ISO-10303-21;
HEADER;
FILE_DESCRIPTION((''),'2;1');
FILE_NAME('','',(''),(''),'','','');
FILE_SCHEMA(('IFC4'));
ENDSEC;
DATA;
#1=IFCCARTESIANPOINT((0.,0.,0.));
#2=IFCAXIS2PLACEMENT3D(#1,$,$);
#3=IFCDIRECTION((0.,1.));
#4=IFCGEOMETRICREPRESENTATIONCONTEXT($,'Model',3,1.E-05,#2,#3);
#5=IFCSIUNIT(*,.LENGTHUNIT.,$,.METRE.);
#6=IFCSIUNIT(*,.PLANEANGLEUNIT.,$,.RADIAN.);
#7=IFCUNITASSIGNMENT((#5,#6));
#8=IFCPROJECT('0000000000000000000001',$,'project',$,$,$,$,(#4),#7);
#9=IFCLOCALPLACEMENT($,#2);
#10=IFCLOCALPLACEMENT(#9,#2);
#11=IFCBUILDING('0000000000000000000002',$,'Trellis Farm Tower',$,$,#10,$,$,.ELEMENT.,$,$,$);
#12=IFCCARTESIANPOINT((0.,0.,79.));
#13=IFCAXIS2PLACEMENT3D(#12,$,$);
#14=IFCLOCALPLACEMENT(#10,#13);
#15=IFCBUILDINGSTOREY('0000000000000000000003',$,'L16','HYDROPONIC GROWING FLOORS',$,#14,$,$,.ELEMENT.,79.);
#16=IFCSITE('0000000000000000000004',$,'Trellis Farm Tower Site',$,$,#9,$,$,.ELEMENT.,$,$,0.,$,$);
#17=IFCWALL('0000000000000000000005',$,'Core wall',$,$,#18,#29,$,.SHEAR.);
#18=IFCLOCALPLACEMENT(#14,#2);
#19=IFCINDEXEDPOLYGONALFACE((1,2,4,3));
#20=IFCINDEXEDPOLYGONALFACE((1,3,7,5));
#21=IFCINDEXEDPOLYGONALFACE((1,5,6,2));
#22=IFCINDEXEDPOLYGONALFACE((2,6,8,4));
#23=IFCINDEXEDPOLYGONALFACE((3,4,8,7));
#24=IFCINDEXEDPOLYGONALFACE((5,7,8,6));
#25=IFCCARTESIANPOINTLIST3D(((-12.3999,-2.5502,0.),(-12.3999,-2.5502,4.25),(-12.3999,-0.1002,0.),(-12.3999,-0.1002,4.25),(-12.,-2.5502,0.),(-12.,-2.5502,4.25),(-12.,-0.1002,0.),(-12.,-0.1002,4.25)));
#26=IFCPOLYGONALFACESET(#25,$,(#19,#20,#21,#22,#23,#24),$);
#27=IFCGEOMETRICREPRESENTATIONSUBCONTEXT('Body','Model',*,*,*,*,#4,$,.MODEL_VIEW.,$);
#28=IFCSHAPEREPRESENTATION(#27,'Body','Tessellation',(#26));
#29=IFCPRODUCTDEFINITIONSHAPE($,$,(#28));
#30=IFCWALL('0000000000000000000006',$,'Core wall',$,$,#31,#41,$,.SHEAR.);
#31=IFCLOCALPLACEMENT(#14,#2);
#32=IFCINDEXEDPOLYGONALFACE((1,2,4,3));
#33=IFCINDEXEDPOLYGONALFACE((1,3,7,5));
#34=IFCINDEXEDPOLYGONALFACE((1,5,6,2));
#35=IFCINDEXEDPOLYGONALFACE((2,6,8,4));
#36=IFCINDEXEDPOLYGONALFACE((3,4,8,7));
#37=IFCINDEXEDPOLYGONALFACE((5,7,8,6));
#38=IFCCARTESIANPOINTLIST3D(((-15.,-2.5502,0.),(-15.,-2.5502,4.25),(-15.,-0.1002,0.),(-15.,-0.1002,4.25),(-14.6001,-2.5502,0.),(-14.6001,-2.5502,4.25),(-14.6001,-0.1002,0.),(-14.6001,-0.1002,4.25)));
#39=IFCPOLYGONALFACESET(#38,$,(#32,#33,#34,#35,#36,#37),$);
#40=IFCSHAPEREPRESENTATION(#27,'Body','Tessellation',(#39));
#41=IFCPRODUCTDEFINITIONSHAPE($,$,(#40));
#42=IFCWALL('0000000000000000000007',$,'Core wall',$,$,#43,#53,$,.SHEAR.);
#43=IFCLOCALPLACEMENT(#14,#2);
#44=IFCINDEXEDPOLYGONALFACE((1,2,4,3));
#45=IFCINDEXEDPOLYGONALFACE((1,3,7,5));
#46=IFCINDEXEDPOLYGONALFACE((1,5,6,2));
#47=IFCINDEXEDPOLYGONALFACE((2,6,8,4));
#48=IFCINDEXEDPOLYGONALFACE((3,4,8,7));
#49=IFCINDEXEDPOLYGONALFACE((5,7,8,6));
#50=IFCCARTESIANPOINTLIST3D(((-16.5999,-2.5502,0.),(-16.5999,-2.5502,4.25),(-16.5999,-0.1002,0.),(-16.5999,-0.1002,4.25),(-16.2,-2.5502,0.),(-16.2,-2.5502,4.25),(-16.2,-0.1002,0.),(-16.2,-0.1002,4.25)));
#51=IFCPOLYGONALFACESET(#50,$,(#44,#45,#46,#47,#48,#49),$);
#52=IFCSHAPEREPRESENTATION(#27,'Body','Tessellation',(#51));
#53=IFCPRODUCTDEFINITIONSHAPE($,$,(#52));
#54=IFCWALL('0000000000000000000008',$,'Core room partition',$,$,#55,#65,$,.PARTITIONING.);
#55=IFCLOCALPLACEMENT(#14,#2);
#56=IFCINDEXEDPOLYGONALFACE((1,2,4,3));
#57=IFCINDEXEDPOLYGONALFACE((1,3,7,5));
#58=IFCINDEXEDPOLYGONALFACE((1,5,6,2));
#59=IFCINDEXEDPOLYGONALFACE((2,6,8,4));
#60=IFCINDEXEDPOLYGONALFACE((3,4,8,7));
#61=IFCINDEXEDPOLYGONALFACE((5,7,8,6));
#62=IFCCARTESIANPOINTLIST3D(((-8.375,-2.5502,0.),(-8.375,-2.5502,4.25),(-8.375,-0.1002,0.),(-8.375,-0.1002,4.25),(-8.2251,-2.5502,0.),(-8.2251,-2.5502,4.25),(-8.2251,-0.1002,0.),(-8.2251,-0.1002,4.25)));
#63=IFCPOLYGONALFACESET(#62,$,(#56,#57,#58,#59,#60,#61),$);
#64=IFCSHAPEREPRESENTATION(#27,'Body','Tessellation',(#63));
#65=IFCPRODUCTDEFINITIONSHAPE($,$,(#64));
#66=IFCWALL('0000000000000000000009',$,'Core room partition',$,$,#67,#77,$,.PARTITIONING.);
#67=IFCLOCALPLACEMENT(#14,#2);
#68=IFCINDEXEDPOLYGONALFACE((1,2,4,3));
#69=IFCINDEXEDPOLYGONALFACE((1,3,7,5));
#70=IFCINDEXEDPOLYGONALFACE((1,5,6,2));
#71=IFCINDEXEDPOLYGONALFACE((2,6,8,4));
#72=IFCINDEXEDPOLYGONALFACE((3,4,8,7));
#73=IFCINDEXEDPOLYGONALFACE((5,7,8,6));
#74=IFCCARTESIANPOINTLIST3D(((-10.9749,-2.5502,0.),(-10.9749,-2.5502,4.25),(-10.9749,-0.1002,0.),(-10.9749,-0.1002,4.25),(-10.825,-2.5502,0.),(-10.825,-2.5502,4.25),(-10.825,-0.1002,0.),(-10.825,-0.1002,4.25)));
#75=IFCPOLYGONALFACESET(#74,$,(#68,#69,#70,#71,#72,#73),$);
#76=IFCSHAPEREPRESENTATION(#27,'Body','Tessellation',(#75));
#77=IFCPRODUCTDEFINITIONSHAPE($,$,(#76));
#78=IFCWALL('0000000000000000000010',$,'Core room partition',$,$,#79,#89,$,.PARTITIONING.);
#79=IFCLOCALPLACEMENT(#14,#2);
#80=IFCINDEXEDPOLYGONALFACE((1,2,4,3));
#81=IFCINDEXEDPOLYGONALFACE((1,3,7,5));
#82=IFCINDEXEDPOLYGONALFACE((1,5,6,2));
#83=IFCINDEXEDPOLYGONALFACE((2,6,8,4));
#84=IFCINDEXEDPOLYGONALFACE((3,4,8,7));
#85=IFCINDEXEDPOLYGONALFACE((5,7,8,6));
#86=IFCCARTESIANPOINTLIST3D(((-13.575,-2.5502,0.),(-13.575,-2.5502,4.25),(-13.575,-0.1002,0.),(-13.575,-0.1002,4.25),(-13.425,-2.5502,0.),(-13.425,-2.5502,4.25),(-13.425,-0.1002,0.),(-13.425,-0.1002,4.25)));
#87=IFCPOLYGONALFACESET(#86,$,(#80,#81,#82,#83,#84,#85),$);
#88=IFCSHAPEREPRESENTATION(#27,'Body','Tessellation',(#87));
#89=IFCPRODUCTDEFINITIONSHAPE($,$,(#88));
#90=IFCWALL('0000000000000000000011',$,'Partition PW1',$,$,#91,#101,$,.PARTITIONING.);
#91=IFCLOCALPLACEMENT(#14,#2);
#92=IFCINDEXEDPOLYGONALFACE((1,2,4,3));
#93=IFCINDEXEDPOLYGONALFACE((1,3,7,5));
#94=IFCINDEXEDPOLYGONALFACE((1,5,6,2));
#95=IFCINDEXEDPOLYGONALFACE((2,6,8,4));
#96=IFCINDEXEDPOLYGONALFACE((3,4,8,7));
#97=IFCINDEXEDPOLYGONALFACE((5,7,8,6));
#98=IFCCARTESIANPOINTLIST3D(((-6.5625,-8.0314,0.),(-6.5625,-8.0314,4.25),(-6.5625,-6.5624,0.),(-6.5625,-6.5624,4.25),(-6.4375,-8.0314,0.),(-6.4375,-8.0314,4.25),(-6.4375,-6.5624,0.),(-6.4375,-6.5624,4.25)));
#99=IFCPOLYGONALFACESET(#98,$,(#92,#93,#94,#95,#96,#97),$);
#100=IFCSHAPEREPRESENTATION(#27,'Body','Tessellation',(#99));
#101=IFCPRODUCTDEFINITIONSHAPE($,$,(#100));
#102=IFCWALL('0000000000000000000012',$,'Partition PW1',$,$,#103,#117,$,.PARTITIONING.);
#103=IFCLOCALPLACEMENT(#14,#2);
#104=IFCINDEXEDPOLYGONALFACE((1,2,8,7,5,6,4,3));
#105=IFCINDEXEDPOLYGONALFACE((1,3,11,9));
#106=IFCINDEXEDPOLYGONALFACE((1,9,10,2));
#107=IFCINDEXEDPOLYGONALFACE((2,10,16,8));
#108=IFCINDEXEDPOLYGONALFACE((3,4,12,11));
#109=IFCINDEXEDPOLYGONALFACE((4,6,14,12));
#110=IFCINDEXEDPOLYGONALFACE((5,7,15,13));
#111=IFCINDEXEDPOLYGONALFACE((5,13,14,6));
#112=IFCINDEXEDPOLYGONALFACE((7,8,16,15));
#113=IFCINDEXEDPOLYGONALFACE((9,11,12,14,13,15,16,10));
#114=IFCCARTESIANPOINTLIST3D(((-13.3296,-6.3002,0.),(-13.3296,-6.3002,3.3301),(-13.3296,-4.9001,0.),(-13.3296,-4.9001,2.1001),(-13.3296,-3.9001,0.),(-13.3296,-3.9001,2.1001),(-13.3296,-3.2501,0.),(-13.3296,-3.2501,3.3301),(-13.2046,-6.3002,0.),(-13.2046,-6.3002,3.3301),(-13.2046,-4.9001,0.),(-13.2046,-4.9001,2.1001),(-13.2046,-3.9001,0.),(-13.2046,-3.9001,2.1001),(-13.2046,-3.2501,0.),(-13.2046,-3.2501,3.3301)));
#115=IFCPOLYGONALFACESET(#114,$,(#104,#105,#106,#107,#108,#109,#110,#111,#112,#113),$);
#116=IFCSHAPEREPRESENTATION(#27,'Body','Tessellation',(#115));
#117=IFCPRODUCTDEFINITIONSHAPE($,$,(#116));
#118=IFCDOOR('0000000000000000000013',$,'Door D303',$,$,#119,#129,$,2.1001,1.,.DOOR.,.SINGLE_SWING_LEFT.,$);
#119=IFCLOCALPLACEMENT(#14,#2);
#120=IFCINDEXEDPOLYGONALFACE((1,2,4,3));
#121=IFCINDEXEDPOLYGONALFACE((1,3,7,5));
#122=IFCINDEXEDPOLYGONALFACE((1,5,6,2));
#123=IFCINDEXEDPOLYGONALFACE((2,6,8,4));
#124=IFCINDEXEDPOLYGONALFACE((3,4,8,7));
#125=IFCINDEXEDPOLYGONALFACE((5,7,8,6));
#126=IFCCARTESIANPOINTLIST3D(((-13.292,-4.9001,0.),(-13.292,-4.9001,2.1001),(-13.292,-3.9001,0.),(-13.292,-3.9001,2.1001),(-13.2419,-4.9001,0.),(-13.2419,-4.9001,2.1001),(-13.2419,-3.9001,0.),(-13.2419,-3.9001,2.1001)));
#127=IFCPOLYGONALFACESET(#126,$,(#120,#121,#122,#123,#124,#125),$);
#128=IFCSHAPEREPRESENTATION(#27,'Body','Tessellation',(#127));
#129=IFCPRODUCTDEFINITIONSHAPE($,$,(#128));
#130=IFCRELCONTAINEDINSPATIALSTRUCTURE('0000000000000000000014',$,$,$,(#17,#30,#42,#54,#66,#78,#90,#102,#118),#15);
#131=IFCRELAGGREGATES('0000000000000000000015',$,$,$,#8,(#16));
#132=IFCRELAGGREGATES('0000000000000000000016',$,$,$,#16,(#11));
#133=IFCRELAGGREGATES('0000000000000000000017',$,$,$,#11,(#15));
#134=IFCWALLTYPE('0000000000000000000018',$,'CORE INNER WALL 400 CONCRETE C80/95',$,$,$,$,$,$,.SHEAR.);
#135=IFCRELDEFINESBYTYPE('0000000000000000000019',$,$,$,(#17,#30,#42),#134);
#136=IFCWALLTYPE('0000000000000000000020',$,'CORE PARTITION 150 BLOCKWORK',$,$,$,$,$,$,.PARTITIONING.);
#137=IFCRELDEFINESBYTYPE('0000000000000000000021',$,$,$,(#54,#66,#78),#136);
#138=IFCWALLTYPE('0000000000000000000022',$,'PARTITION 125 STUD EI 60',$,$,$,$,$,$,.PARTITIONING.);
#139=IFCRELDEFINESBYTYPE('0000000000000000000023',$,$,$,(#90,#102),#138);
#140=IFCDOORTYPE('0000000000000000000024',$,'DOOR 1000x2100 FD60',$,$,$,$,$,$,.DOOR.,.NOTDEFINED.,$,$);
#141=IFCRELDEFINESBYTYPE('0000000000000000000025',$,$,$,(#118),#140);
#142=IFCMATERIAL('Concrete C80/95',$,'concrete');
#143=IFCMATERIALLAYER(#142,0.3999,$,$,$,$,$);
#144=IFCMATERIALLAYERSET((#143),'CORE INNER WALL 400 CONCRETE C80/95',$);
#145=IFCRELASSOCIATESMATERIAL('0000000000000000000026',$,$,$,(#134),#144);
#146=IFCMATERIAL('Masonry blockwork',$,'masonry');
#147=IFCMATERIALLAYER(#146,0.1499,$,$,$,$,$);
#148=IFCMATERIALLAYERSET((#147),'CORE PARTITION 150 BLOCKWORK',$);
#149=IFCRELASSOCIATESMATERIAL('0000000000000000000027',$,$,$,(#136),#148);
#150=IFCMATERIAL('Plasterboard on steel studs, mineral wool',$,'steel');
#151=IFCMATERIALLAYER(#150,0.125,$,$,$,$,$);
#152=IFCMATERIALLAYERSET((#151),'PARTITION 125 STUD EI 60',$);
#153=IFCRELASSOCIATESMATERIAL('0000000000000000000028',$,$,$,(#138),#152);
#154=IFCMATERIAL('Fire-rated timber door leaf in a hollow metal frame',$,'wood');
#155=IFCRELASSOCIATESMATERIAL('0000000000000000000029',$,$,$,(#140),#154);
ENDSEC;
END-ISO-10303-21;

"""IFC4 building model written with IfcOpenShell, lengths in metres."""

from ifc_helpers import new_model, si_unit, direction, frame, frame_2d, origin, place, context, subcontext, project, spatial, rectangle, extrude, source, transform, mapped, material, layer, layer_set, type_object, element, fill, save


model = new_model("IFC4")

# Units and contexts
model_context = context("Model", 3, precision=1e-05, world=origin(), true_north=direction((0.0, 1.0)))
body_context = subcontext(model_context, "Body", "Model", "MODEL_VIEW")
ifc_project = project(units=[si_unit("LENGTHUNIT", "METRE"), si_unit("PLANEANGLEUNIT", "RADIAN")], contexts=[model_context])

# Site, building, storey
site_placement = place(None, origin())
site = spatial("IfcSite", under=ifc_project, at=site_placement, Name="Trellis Farm Tower Site", CompositionType="ELEMENT", RefElevation=0.0)
building_placement = place(site_placement, origin())
building = spatial("IfcBuilding", under=site, at=building_placement, Name="Trellis Farm Tower", CompositionType="ELEMENT")
storey_placement = place(building_placement, frame((0.0, 0.0, 79.0)))
storey = spatial("IfcBuildingStorey", under=building, at=storey_placement, Name="L16", Description="HYDROPONIC GROWING FLOORS", CompositionType="ELEMENT", Elevation=79.0)

# Shared definitions
ifc_material_1 = material(Name="Concrete C80/95", Category="concrete")

# Walls
ifc_layer_1 = layer(ifc_material_1, 0.3999)
ifc_layer_set_1 = layer_set([ifc_layer_1], Name="CORE INNER WALL 400 CONCRETE C80/95")
wall_type_1 = type_object("IfcWallType", Name="CORE INNER WALL 400 CONCRETE C80/95", PredefinedType="SHEAR", material=ifc_layer_set_1)
shared_shape_1 = source(origin(), body_context, "Body", "SweptSolid", [
    extrude(rectangle(XDim=2.45, YDim=0.3999, at=frame_2d((1.2251, 0.0))), origin(), (0.0, 0.0, 1.0), 4.25),
])
for number, where, z_axis, x_axis, name in (
    (1, (-12.2, -0.1001, 0.0), (0.0, 0.0, 1.0), (0.0, -1.0, 0.0), "Core wall"),
    (2, (-14.8, -0.1001, 0.0), (0.0, 0.0, 1.0), (0.0, -1.0, 0.0), "Core wall"),
    (3, (-16.3999, -0.1001, 0.0), (0.0, 0.0, 1.0), (0.0, -1.0, 0.0), "Core wall"),
):
    element("IfcWall", number, at=place(storey_placement, frame(where, z_axis=z_axis, x_axis=x_axis)), inside=storey, type_object=wall_type_1, Name=name, PredefinedType="SHEAR", context=body_context, shape_type="MappedRepresentation", body=[
        mapped(shared_shape_1, transform((0.0, 0.0, 0.0))),
    ])

# Walls
ifc_material_2 = material(Name="Masonry blockwork", Category="masonry")
ifc_layer_2 = layer(ifc_material_2, 0.1499)
ifc_layer_set_2 = layer_set([ifc_layer_2], Name="CORE PARTITION 150 BLOCKWORK")
wall_type_2 = type_object("IfcWallType", Name="CORE PARTITION 150 BLOCKWORK", PredefinedType="PARTITIONING", material=ifc_layer_set_2)
shared_shape_2 = source(origin(), body_context, "Body", "SweptSolid", [
    extrude(rectangle(XDim=2.45, YDim=0.1499, at=frame_2d((1.2251, 0.0))), origin(), (0.0, 0.0, 1.0), 4.25),
])
for number, where, z_axis, x_axis, name in (
    (4, (-8.3, -0.1001, 0.0), (0.0, 0.0, 1.0), (0.0, -1.0, 0.0), "Core room partition"),
    (5, (-10.8999, -0.1001, 0.0), (0.0, 0.0, 1.0), (0.0, -1.0, 0.0), "Core room partition"),
    (6, (-13.5, -0.1001, 0.0), (0.0, 0.0, 1.0), (0.0, -1.0, 0.0), "Core room partition"),
):
    element("IfcWall", number, at=place(storey_placement, frame(where, z_axis=z_axis, x_axis=x_axis)), inside=storey, type_object=wall_type_2, Name=name, PredefinedType="PARTITIONING", context=body_context, shape_type="MappedRepresentation", body=[
        mapped(shared_shape_2, transform((0.0, 0.0, 0.0))),
    ])
ifc_material_3 = material(Name="Plasterboard on steel studs, mineral wool", Category="steel")
ifc_layer_3 = layer(ifc_material_3, 0.125)
ifc_layer_set_3 = layer_set([ifc_layer_3], Name="PARTITION 125 STUD EI 60")
wall_type_3 = type_object("IfcWallType", Name="PARTITION 125 STUD EI 60", PredefinedType="PARTITIONING", material=ifc_layer_set_3)
shared_shape_3 = source(origin(), body_context, "Body", "SweptSolid", [
    extrude(rectangle(XDim=1.469, YDim=0.125, at=frame_2d((0.7344, 0.0))), origin(), (0.0, 0.0, 1.0), 4.25),
])
wall_1_placement = place(storey_placement, frame((-6.5, -6.5625, 0.0), z_axis=(0.0, 0.0, 1.0), x_axis=(0.0, -1.0, 0.0)))
element("IfcWall", 7, at=wall_1_placement, inside=storey, type_object=wall_type_3, Name="Partition PW1", PredefinedType="PARTITIONING", context=body_context, shape_type="MappedRepresentation", body=[
    mapped(shared_shape_3, transform((0.0, 0.0, 0.0))),
])

# Wall, opening, door
shared_shape_4 = source(origin(), body_context, "Body", "SweptSolid", [
    extrude(rectangle(XDim=3.05, YDim=0.125, at=frame_2d((1.5249, 0.0))), origin(), (0.0, 0.0, 1.0), 3.3301),
])
wall_2_placement = place(storey_placement, frame((-13.2671, -6.3, 0.0), z_axis=(0.0, 0.0, 1.0), x_axis=(0.0, 1.0, 0.0)))
wall_2 = element("IfcWall", 8, at=wall_2_placement, inside=storey, type_object=wall_type_3, Name="Partition PW1", PredefinedType="PARTITIONING", context=body_context, shape_type="MappedRepresentation", body=[
    mapped(shared_shape_4, transform((0.0, 0.0, 0.0))),
])
shared_shape_5 = source(origin(), body_context, "Body", "SweptSolid", [
    extrude(rectangle(XDim=1.0, YDim=2.1001, at=frame_2d((0.5, 1.05))), frame((0.0, 0.0725, 0.0), z_axis=(0.0, -1.0, 0.0), x_axis=(1.0, 0.0, 0.0)), (0.0, 0.0, 1.0), 0.145),
])
opening_1_placement = place(wall_2_placement, frame((1.3999, 0.0, 0.0)))
opening_1 = element("IfcOpeningElement", 9, at=opening_1_placement, cuts=wall_2, PredefinedType="OPENING", context=body_context, shape_type="MappedRepresentation", body=[
    mapped(shared_shape_5, transform((0.0, 0.0, 0.0))),
])
ifc_material_4 = material(Name="Fire-rated timber door leaf in a hollow metal frame", Category="wood")
door_type_1 = type_object("IfcDoorType", Name="DOOR 1000x2100 FD60", OperationType="NOTDEFINED", PredefinedType="DOOR", material=ifc_material_4)
shared_shape_6 = source(origin(), body_context, "Body", "SweptSolid", [
    extrude(rectangle(XDim=1.0, YDim=2.1001, at=frame_2d((0.5, 1.05))), frame((0.0, 0.0249, 0.0), z_axis=(0.0, -1.0, 0.0), x_axis=(1.0, 0.0, 0.0)), (0.0, 0.0, 1.0), 0.05),
])
door_1_placement = place(opening_1_placement, origin())
door_1 = element("IfcDoor", 10, at=door_1_placement, inside=storey, type_object=door_type_1, Name="Door D303", OperationType="SINGLE_SWING_LEFT", OverallHeight=2.1001, OverallWidth=1.0, PredefinedType="DOOR", context=body_context, shape_type="MappedRepresentation", body=[
    mapped(shared_shape_6, transform((0.0, 0.0, 0.0))),
])
fill(opening_1, door_1)

save(model, "model.ifc")
